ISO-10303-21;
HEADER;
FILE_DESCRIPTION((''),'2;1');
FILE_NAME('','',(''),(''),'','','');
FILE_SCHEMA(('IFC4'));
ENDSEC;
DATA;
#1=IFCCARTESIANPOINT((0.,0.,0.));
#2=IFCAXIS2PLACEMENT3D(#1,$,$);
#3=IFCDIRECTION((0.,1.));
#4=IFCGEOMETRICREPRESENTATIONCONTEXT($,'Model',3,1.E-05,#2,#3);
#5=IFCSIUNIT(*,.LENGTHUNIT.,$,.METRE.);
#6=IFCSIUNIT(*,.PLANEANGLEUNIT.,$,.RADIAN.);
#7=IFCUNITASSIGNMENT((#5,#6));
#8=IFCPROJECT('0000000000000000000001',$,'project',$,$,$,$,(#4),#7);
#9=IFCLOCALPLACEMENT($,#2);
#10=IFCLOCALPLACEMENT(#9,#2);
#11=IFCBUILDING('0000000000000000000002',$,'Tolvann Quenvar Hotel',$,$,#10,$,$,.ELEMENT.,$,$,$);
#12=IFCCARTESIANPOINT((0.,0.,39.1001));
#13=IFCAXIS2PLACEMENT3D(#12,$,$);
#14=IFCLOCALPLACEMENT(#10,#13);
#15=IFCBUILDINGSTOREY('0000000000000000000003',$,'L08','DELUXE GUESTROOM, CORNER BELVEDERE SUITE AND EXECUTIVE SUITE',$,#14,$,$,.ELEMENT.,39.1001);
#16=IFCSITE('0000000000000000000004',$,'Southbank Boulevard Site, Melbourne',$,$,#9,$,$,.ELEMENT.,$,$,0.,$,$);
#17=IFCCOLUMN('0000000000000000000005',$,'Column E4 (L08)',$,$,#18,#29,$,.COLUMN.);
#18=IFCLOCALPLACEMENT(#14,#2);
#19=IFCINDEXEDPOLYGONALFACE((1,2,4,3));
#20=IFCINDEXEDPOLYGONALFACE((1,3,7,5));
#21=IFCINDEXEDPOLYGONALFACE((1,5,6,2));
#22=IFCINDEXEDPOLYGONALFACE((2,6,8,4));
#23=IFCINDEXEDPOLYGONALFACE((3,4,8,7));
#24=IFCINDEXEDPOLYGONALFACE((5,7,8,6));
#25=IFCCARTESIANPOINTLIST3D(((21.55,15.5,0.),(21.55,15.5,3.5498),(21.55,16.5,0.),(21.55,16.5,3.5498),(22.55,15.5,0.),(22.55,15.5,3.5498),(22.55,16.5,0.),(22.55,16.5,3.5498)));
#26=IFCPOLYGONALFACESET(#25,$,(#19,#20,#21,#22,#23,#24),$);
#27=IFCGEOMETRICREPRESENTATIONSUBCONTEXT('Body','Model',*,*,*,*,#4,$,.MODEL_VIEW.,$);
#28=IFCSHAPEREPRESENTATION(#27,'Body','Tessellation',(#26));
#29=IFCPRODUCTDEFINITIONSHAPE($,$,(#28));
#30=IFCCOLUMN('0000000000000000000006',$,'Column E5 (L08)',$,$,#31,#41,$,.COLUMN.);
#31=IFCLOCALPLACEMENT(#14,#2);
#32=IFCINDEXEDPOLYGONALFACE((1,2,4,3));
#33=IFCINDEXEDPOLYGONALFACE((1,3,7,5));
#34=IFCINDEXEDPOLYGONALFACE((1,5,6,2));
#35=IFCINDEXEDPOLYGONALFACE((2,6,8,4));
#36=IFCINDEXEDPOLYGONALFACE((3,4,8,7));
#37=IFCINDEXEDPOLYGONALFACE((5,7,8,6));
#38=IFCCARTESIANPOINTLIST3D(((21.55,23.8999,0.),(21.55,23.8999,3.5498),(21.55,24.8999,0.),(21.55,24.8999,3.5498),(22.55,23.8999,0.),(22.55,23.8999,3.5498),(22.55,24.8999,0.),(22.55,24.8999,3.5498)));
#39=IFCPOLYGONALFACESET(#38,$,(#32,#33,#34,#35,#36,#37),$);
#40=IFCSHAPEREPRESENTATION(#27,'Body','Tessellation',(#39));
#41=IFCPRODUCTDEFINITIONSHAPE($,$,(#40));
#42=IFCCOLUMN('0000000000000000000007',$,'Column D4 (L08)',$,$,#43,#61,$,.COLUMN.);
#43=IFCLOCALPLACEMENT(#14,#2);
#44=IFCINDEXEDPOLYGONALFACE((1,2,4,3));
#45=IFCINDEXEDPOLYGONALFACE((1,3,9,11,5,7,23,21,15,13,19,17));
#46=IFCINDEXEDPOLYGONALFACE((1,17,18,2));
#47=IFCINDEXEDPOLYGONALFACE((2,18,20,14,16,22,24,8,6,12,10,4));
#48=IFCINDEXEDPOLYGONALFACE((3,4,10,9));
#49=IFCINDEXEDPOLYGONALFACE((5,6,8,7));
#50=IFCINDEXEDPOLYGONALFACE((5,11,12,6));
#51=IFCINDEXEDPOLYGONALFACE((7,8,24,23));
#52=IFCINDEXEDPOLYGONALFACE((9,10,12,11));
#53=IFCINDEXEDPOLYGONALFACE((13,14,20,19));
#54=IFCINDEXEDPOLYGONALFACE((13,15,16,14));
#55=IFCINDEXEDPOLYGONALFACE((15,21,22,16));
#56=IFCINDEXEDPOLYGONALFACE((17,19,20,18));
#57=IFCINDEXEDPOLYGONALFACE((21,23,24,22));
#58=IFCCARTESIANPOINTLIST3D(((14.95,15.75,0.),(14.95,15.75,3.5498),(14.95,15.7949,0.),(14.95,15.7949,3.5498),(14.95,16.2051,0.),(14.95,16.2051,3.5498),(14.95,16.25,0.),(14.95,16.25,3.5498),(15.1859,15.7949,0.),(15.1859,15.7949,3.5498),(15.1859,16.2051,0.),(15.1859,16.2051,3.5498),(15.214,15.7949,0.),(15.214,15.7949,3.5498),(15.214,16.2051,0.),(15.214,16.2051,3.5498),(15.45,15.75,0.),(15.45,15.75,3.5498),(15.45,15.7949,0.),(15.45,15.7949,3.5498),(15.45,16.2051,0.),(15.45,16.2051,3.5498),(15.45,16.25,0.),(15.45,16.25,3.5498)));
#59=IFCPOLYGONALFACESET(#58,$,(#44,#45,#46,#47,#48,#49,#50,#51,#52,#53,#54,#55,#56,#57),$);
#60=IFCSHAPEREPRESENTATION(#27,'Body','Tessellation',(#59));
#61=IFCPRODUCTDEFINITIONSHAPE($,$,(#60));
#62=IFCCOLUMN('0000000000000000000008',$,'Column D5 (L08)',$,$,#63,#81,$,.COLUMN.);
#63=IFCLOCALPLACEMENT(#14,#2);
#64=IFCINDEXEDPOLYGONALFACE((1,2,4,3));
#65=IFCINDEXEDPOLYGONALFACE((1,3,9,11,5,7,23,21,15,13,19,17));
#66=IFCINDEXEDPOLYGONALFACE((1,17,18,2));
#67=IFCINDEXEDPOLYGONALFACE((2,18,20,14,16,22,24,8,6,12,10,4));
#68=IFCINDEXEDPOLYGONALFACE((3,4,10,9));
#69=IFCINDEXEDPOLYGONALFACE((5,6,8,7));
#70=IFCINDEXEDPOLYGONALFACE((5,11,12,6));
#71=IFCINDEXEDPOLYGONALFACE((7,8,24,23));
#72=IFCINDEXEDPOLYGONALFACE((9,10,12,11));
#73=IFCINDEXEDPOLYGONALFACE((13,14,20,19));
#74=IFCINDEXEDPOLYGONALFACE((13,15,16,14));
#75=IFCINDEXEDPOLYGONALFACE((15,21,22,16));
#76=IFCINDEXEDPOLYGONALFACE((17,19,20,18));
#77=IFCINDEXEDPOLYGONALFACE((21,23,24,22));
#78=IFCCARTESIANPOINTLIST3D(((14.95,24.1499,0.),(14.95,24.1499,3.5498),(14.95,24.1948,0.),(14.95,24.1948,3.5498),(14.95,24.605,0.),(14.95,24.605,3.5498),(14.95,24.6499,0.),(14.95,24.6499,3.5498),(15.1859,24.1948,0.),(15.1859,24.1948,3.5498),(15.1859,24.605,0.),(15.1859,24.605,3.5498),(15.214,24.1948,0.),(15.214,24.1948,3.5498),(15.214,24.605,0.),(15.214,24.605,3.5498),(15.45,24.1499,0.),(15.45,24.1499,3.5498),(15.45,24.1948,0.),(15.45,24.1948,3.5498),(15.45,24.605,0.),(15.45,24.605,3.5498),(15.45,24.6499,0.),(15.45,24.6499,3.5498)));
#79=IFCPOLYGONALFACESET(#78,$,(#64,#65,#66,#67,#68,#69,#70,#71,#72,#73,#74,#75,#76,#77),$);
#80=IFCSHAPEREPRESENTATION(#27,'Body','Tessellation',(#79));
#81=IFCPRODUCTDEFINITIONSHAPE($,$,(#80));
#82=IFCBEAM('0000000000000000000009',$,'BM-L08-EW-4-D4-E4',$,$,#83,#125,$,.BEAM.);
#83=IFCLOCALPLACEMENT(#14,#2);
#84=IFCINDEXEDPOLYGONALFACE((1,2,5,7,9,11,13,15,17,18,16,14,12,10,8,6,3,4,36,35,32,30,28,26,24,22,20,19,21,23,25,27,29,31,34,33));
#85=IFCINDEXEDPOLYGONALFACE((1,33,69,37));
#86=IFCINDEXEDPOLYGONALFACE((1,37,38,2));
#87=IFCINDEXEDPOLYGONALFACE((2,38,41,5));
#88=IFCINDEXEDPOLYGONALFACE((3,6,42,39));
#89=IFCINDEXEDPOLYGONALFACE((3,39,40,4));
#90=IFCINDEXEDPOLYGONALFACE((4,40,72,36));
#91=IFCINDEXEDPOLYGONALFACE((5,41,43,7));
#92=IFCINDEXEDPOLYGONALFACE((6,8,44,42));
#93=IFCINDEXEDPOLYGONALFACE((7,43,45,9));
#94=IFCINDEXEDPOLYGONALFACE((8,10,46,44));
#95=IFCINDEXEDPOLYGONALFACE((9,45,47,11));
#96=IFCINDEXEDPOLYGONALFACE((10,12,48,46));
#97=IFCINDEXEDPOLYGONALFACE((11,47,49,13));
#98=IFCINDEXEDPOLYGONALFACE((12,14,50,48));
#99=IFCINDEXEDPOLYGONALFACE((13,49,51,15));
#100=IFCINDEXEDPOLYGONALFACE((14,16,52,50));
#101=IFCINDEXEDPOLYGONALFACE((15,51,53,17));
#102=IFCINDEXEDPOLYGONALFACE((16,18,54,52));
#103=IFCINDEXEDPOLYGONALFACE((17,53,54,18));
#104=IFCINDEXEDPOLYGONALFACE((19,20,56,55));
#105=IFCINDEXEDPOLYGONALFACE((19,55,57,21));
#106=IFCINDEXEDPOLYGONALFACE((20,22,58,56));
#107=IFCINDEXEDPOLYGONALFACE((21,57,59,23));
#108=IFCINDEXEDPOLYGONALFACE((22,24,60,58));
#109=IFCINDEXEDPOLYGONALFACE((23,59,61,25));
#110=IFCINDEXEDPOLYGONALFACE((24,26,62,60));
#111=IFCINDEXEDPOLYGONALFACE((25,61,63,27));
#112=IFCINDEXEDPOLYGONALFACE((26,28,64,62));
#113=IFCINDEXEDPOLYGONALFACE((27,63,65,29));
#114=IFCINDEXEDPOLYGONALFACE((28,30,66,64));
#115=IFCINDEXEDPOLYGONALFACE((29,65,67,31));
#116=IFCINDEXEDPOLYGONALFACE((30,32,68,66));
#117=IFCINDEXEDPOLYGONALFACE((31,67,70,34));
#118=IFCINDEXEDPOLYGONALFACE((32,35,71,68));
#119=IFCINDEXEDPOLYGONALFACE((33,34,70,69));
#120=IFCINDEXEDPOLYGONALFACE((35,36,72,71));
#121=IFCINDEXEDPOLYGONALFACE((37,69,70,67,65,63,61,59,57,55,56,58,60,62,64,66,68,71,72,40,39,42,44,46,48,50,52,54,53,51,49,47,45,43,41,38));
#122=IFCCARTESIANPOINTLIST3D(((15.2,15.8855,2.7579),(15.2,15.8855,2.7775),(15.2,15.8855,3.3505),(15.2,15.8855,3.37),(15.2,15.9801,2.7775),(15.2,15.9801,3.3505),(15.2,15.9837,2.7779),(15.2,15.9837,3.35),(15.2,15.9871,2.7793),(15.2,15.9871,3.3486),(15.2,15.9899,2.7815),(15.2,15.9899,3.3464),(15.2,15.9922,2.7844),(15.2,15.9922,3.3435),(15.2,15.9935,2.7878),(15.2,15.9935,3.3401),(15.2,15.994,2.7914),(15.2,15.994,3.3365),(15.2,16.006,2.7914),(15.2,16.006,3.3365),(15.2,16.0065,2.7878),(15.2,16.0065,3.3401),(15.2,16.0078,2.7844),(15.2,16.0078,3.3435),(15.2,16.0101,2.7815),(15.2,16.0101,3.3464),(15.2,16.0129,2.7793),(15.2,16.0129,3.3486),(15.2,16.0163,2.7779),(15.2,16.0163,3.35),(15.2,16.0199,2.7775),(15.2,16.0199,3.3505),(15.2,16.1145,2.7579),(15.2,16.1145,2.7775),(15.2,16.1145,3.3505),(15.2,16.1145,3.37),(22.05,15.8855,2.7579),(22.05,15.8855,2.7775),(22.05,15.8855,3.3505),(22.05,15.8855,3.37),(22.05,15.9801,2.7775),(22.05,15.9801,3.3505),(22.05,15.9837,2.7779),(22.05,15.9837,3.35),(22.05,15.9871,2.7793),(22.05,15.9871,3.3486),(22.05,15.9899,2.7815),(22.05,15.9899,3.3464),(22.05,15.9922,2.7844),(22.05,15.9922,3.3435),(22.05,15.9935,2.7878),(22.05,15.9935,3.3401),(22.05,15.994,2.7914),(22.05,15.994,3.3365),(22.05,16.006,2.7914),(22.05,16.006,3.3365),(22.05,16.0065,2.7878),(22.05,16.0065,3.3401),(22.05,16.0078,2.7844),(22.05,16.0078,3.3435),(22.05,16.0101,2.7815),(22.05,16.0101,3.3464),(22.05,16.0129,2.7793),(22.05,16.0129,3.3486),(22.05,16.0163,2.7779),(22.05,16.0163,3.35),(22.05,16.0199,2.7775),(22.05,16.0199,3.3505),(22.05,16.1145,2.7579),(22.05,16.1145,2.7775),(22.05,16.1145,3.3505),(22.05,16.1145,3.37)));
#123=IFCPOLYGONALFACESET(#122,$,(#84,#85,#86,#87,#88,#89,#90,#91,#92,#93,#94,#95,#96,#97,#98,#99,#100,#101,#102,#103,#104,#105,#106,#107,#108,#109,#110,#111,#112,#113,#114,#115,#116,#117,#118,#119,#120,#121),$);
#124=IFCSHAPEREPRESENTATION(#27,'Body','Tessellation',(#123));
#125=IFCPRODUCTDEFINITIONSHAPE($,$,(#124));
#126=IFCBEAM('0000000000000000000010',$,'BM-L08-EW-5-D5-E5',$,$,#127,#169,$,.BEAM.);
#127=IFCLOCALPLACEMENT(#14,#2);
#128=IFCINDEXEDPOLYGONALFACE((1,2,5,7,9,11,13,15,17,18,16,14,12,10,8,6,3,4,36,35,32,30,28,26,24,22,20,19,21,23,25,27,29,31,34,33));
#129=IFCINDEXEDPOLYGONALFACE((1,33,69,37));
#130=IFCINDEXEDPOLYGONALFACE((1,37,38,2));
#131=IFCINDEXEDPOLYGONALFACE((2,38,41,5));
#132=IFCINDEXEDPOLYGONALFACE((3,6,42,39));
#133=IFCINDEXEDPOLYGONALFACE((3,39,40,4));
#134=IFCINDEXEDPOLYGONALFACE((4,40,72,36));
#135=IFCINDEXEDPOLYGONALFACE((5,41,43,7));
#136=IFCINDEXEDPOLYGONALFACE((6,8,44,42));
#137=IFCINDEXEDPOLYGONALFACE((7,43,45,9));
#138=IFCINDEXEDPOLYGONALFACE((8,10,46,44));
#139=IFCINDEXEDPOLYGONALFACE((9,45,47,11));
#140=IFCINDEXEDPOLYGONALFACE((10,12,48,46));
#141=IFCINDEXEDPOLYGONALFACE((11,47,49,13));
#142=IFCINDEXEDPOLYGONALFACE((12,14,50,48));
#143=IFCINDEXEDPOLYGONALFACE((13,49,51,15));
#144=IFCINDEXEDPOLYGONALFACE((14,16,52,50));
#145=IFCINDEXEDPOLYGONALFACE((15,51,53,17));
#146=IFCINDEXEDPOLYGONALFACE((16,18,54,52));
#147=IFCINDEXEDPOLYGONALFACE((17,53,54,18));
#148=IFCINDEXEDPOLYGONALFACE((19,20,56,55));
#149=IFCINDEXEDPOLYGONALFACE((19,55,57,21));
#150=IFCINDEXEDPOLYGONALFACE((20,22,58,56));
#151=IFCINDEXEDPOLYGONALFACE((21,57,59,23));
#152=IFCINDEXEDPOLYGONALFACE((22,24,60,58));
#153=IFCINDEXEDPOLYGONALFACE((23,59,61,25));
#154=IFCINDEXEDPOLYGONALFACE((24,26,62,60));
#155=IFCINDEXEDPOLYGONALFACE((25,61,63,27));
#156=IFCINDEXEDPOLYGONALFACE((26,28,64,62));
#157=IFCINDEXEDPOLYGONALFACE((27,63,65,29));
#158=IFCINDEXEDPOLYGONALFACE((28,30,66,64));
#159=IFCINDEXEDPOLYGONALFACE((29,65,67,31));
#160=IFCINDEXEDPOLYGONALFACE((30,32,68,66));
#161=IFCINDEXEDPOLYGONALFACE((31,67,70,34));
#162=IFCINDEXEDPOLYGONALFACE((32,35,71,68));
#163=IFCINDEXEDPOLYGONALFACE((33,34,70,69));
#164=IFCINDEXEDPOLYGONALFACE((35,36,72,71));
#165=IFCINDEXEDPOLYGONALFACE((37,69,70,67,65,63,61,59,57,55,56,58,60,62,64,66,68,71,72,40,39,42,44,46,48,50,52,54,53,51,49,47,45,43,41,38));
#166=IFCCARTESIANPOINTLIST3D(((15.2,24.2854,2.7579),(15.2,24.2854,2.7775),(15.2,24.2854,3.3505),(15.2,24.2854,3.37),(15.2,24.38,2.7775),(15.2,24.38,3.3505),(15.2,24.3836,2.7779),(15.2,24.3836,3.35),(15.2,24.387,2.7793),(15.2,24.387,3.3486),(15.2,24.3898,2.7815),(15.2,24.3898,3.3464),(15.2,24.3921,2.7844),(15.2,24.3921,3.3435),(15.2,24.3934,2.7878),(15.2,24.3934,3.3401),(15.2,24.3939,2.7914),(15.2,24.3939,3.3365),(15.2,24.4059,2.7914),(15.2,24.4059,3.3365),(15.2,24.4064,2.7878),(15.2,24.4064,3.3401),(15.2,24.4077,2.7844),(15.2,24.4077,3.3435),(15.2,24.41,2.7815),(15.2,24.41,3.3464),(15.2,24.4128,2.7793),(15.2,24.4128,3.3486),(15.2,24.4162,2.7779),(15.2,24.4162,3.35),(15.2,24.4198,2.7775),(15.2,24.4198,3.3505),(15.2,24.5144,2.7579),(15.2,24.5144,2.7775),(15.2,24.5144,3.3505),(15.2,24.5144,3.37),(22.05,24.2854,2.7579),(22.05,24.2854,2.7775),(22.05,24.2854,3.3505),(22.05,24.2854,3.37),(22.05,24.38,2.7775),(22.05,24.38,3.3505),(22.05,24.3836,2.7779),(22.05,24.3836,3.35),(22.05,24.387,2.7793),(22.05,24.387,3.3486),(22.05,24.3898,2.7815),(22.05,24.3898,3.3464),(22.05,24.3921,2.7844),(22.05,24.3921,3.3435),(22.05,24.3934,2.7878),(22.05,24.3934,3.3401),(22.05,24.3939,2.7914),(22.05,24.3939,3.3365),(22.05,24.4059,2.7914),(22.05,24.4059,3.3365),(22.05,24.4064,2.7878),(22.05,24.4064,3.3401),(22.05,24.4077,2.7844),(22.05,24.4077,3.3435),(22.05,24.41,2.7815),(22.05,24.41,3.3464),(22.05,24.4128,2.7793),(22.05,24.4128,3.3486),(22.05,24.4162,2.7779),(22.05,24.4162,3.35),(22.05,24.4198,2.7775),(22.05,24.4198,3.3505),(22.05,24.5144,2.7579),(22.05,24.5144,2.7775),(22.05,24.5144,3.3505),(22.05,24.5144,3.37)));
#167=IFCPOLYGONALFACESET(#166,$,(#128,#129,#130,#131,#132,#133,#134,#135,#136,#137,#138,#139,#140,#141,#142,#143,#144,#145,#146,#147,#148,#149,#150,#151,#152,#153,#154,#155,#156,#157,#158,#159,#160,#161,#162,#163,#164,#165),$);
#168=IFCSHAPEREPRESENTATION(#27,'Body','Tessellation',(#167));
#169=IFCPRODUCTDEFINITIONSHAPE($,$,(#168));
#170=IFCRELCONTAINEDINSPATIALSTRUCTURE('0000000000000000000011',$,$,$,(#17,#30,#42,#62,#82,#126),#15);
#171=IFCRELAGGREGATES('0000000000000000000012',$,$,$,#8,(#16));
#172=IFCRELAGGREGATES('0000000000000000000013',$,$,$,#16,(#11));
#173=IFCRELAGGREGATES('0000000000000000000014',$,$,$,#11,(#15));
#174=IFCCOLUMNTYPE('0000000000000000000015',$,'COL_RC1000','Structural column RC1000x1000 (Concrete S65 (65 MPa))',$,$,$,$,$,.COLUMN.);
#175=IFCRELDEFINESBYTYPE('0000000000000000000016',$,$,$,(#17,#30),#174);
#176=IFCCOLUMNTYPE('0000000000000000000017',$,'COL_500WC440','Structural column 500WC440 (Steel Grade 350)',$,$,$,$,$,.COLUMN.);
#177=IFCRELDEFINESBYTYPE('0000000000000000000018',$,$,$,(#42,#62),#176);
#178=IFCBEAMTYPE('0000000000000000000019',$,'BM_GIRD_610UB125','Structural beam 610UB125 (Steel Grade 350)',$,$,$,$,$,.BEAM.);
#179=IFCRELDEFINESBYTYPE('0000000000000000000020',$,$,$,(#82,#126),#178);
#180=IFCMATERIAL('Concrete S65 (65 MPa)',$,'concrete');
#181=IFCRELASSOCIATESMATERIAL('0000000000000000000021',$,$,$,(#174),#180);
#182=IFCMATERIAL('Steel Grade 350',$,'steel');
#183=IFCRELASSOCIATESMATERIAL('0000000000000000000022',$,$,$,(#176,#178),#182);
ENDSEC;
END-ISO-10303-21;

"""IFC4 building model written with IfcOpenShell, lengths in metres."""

from ifc_helpers import new_model, si_unit, direction, frame, origin, origin_2d, place, context, subcontext, project, spatial, rectangle, i_section, extrude, source, transform, mapped, material, material_profile, profile_set, type_object, type_shapes, element, save


model = new_model("IFC4")

# Units and contexts
model_context = context("Model", 3, precision=1e-05, world=origin(), true_north=direction((0.0, 1.0)))
body_context = subcontext(model_context, "Body", "Model", "MODEL_VIEW")
ifc_project = project(units=[si_unit("LENGTHUNIT", "METRE"), si_unit("PLANEANGLEUNIT", "RADIAN")], contexts=[model_context])

# Site, building, storey
site_placement = place(None, origin())
site = spatial("IfcSite", under=ifc_project, at=site_placement, Name="Southbank Boulevard Site, Melbourne", CompositionType="ELEMENT", RefElevation=0.0)
building_placement = place(site_placement, origin())
building = spatial("IfcBuilding", under=site, at=building_placement, Name="Tolvann Quenvar Hotel", CompositionType="ELEMENT")
storey_placement = place(building_placement, frame((0.0, 0.0, 39.1001)))
storey = spatial("IfcBuildingStorey", under=building, at=storey_placement, Name="L08", Description="DELUXE GUESTROOM, CORNER BELVEDERE SUITE AND EXECUTIVE SUITE", CompositionType="ELEMENT", Elevation=39.1001)

# Columns
ifc_material_1 = material(Name="Concrete S65 (65 MPa)", Category="concrete")
ifc_material_profile_1 = material_profile(ifc_material_1, rectangle(XDim=1.0, YDim=1.0, at=origin_2d()), Name="RC1000x1000")
ifc_profile_set_1 = profile_set([ifc_material_profile_1], Name="Concrete S65 (65 MPa)")
column_type_1 = type_object("IfcColumnType", Name="COL_RC1000", Description="Structural column RC1000x1000 (Concrete S65 (65 MPa))", PredefinedType="COLUMN", material=ifc_profile_set_1)
shared_shape_1 = source(origin(), body_context, "Body", "SweptSolid", [
    extrude(rectangle(XDim=1.0, YDim=1.0, at=origin_2d()), origin(), (0.0, 0.0, 1.0), 3.5498),
])
type_shapes(column_type_1, [shared_shape_1])
for number, where, z_axis, x_axis, name in (
    (1, (22.05, 16.0, 0.0), (0.0, 0.0, 1.0), (1.0, 0.0, 0.0), "Column E4 (L08)"),
    (2, (22.05, 24.3999, 0.0), (0.0, 0.0, 1.0), (1.0, 0.0, 0.0), "Column E5 (L08)"),
):
    element("IfcColumn", number, at=place(storey_placement, frame(where, z_axis=z_axis, x_axis=x_axis)), inside=storey, type_object=column_type_1, Name=name, PredefinedType="COLUMN", context=body_context, shape_type="MappedRepresentation", body=[
        mapped(shared_shape_1, transform((0.0, 0.0, 0.0), x_axis=(1.0, 0.0, 0.0), y_axis=(0.0, 1.0, 0.0), z_axis=(0.0, 0.0, 1.0), scale=1.0)),
    ])
ifc_material_2 = material(Name="Steel Grade 350", Category="steel")
ifc_material_profile_2 = material_profile(ifc_material_2, i_section(OverallWidth=0.5, OverallDepth=0.5, WebThickness=0.0281, FlangeThickness=0.0449, at=origin_2d()), Name="500WC440")
ifc_profile_set_2 = profile_set([ifc_material_profile_2], Name="Steel Grade 350")
column_type_2 = type_object("IfcColumnType", Name="COL_500WC440", Description="Structural column 500WC440 (Steel Grade 350)", PredefinedType="COLUMN", material=ifc_profile_set_2)
shared_shape_2 = source(origin(), body_context, "Body", "SweptSolid", [
    extrude(i_section(OverallWidth=0.5, OverallDepth=0.5, WebThickness=0.0281, FlangeThickness=0.0449, at=origin_2d()), origin(), (0.0, 0.0, 1.0), 3.5498),
])
type_shapes(column_type_2, [shared_shape_2])
for number, where, z_axis, x_axis, name in (
    (3, (15.2, 16.0, 0.0), (0.0, 0.0, 1.0), (1.0, 0.0, 0.0), "Column D4 (L08)"),
    (4, (15.2, 24.3999, 0.0), (0.0, 0.0, 1.0), (1.0, 0.0, 0.0), "Column D5 (L08)"),
):
    element("IfcColumn", number, at=place(storey_placement, frame(where, z_axis=z_axis, x_axis=x_axis)), inside=storey, type_object=column_type_2, Name=name, PredefinedType="COLUMN", context=body_context, shape_type="MappedRepresentation", body=[
        mapped(shared_shape_2, transform((0.0, 0.0, 0.0), x_axis=(1.0, 0.0, 0.0), y_axis=(0.0, 1.0, 0.0), z_axis=(0.0, 0.0, 1.0), scale=1.0)),
    ])

# Beams
ifc_material_profile_3 = material_profile(ifc_material_2, i_section(OverallWidth=0.229, OverallDepth=0.6121, WebThickness=0.012, FlangeThickness=0.0195, FilletRadius=0.0139, at=origin_2d()), Name="610UB125")
ifc_profile_set_3 = profile_set([ifc_material_profile_3], Name="Steel Grade 350")
beam_type_1 = type_object("IfcBeamType", Name="BM_GIRD_610UB125", Description="Structural beam 610UB125 (Steel Grade 350)", PredefinedType="BEAM", material=ifc_profile_set_3)
shared_shape_3 = source(origin(), body_context, "Body", "SweptSolid", [
    extrude(i_section(OverallWidth=0.229, OverallDepth=0.6121, WebThickness=0.012, FlangeThickness=0.0195, FilletRadius=0.0139, at=origin_2d()), origin(), (0.0, 0.0, 1.0), 6.8501),
])
for number, where, z_axis, x_axis, name in (
    (5, (15.2, 16.0, 3.064), (1.0, 0.0, 0.0), (0.0, 1.0, 0.0), "BM-L08-EW-4-D4-E4"),
    (6, (15.2, 24.3999, 3.064), (1.0, 0.0, 0.0), (0.0, 1.0, 0.0), "BM-L08-EW-5-D5-E5"),
):
    element("IfcBeam", number, at=place(storey_placement, frame(where, z_axis=z_axis, x_axis=x_axis)), inside=storey, type_object=beam_type_1, Name=name, PredefinedType="BEAM", context=body_context, shape_type="MappedRepresentation", body=[
        mapped(shared_shape_3, transform((0.0, 0.0, 0.0), x_axis=(1.0, 0.0, 0.0), y_axis=(0.0, 1.0, 0.0), z_axis=(0.0, 0.0, 1.0), scale=1.0)),
    ])

save(model, "model.ifc")
